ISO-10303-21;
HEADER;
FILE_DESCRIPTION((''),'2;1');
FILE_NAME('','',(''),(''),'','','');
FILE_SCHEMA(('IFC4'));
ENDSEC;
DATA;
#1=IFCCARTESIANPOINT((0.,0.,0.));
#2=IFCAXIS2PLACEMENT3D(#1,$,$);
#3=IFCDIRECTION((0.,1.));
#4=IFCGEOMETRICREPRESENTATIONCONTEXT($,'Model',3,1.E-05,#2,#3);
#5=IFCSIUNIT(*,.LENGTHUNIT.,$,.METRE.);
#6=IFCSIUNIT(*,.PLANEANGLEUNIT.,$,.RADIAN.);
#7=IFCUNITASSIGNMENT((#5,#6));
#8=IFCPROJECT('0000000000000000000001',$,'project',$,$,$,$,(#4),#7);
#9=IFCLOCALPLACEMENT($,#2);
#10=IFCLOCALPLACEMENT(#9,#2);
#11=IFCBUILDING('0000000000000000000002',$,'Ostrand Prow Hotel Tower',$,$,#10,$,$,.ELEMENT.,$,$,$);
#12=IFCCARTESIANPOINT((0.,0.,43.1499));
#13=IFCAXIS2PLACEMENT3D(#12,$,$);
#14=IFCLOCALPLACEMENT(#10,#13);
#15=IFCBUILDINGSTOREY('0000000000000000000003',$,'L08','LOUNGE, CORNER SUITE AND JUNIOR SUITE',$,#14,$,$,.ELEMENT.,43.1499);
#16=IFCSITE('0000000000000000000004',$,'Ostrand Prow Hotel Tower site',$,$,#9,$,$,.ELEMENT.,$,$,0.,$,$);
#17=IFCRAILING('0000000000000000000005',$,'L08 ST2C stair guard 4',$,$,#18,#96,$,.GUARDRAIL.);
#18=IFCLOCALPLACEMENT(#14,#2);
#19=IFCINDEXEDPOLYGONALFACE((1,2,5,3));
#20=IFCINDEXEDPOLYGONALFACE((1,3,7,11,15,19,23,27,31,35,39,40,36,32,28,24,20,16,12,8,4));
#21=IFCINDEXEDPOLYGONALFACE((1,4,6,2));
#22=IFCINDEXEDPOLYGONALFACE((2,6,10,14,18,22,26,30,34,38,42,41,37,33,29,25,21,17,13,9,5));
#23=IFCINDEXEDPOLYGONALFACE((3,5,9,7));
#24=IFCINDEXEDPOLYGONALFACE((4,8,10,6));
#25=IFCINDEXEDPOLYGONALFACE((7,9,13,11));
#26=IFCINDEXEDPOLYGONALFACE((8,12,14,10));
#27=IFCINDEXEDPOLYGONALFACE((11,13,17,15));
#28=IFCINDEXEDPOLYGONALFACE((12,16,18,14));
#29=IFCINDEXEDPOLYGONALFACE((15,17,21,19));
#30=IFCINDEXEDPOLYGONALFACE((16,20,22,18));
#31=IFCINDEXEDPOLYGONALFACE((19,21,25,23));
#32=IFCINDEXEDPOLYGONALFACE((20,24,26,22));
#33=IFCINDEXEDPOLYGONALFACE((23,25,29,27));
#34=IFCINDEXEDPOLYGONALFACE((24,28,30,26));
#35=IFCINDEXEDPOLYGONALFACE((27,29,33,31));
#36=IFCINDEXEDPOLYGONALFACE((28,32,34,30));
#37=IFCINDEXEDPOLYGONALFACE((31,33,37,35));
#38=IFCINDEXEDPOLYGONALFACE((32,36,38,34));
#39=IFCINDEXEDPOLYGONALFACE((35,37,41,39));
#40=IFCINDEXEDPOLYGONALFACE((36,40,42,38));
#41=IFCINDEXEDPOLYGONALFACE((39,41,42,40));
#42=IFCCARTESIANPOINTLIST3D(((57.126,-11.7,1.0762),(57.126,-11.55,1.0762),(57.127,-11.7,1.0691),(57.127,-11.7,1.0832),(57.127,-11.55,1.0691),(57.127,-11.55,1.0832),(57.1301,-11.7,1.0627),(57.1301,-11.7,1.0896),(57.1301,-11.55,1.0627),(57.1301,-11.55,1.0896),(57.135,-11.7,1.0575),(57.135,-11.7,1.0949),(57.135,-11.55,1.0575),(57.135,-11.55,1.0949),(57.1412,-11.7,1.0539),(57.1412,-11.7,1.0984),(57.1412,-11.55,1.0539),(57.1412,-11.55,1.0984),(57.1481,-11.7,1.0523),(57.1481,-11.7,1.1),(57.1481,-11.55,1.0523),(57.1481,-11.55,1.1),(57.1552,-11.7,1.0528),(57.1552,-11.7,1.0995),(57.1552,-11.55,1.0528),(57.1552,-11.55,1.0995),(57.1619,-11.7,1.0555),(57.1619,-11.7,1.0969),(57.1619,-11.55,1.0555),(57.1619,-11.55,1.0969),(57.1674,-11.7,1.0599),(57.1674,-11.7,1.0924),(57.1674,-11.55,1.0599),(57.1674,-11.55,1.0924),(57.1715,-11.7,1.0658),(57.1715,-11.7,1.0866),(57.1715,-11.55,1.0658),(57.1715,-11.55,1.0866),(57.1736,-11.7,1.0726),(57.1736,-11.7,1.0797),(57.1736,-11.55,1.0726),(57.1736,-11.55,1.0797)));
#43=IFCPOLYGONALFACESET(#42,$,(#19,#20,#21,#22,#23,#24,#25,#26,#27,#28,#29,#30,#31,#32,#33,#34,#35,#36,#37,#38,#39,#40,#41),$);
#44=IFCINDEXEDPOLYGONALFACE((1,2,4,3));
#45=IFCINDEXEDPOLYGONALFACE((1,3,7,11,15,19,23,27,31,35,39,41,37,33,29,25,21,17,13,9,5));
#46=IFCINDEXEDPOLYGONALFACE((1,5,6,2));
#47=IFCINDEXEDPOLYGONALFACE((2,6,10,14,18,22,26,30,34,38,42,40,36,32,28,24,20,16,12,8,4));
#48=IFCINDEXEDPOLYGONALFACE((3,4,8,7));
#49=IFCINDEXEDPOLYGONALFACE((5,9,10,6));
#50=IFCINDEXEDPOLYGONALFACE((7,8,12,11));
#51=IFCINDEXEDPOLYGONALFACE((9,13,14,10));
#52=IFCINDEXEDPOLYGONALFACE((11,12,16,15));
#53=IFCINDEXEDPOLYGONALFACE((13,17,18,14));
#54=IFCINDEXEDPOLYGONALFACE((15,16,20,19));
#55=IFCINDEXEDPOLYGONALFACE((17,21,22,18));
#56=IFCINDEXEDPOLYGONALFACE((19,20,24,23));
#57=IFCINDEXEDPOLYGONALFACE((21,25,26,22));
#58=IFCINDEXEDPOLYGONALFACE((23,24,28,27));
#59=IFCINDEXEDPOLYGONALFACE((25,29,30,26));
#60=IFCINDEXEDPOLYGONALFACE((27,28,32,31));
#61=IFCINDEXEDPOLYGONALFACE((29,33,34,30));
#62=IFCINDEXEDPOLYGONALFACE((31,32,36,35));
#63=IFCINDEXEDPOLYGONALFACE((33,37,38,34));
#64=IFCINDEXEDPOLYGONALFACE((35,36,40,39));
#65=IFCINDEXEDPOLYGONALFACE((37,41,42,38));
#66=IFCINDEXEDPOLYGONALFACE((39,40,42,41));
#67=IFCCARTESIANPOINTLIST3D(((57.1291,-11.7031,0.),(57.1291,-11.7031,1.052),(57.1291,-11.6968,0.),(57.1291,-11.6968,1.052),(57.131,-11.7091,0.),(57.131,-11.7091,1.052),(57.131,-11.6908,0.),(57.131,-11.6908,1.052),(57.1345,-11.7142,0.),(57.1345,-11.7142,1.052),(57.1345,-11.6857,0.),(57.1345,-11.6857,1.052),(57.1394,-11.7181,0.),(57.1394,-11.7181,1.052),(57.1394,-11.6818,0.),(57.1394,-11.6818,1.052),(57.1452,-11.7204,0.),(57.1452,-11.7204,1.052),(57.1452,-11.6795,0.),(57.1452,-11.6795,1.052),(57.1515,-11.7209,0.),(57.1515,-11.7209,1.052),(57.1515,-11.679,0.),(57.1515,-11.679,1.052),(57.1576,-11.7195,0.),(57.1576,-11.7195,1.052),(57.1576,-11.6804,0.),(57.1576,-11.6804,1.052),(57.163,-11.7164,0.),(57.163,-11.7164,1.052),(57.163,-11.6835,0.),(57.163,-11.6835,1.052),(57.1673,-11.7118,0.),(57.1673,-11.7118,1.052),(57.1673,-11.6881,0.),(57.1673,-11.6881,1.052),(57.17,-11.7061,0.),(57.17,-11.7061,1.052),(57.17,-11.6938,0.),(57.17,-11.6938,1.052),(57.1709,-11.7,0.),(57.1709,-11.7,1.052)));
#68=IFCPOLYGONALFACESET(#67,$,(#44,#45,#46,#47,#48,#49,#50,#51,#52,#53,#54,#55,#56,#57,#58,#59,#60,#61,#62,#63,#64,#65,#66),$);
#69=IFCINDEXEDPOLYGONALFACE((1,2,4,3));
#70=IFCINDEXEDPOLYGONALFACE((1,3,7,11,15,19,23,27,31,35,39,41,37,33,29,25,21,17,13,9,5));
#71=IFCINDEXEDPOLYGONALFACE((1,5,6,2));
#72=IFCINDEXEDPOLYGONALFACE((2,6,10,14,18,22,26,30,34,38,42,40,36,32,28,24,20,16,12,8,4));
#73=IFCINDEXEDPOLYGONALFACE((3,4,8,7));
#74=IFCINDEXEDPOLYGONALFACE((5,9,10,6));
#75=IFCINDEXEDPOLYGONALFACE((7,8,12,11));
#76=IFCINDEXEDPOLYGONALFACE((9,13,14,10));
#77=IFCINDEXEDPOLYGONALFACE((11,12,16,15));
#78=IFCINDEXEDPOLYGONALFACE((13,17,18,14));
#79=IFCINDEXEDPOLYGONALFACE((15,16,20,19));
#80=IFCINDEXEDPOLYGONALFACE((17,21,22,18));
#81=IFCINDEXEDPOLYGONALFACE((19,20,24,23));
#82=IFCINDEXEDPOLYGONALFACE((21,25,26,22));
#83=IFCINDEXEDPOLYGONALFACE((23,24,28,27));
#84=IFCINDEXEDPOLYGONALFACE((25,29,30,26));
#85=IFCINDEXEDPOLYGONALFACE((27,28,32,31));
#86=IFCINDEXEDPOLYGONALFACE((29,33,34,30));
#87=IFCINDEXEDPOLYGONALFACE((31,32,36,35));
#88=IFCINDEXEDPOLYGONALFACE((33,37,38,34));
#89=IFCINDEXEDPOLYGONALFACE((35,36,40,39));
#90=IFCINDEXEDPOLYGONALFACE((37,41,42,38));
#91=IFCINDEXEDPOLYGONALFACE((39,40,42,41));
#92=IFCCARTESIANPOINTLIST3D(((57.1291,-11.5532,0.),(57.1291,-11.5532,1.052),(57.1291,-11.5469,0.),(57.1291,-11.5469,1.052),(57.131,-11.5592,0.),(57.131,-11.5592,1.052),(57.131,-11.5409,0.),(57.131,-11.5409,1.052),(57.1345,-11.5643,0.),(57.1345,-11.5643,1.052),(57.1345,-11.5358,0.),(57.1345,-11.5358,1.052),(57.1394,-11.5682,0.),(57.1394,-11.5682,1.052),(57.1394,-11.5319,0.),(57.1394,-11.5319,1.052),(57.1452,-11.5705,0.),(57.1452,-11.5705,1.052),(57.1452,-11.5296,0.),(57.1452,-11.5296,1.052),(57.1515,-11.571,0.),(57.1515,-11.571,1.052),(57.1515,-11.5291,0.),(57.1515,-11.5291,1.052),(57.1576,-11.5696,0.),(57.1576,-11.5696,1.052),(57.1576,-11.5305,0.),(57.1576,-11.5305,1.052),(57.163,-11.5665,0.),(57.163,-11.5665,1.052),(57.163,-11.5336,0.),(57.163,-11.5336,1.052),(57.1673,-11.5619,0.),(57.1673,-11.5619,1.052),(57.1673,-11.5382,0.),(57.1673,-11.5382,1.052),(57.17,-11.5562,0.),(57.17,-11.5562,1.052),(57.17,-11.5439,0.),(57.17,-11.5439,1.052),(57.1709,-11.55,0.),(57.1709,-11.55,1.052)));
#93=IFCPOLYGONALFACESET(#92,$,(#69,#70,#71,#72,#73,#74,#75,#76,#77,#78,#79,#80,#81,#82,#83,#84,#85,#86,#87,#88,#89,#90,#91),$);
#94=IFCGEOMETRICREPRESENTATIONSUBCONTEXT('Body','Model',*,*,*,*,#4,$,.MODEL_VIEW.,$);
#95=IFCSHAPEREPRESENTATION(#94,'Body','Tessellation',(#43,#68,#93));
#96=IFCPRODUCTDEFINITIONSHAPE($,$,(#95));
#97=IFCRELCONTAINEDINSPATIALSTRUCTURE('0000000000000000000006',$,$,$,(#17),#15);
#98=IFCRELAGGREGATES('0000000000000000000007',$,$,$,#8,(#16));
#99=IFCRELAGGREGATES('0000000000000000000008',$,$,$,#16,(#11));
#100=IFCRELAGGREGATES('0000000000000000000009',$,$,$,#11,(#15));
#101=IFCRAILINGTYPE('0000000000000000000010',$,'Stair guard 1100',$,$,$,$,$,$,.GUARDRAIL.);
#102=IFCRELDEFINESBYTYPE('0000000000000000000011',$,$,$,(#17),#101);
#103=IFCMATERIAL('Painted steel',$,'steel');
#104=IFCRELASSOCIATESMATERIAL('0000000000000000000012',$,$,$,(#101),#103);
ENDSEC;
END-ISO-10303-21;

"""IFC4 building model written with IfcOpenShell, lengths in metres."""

from ifc_helpers import new_model, si_unit, direction, frame, origin, origin_2d, place, context, subcontext, project, spatial, circle, extrude, material, type_object, element, save


model = new_model("IFC4")

# Units and contexts
model_context = context("Model", 3, precision=1e-05, world=origin(), true_north=direction((0.0, 1.0)))
body_context = subcontext(model_context, "Body", "Model", "MODEL_VIEW")
ifc_project = project(units=[si_unit("LENGTHUNIT", "METRE"), si_unit("PLANEANGLEUNIT", "RADIAN")], contexts=[model_context])

# Site, building, storey
site_placement = place(None, origin())
site = spatial("IfcSite", under=ifc_project, at=site_placement, Name="Ostrand Prow Hotel Tower site", CompositionType="ELEMENT", RefElevation=0.0)
building_placement = place(site_placement, origin())
building = spatial("IfcBuilding", under=site, at=building_placement, Name="Ostrand Prow Hotel Tower", CompositionType="ELEMENT")
storey_placement = place(building_placement, frame((0.0, 0.0, 43.1499)))
storey = spatial("IfcBuildingStorey", under=building, at=storey_placement, Name="L08", Description="LOUNGE, CORNER SUITE AND JUNIOR SUITE", CompositionType="ELEMENT", Elevation=43.1499)

# Railing
ifc_material_1 = material(Name="Painted steel", Category="steel")
railing_type_1 = type_object("IfcRailingType", Name="Stair guard 1100", PredefinedType="GUARDRAIL", material=ifc_material_1)
railing_1_placement = place(storey_placement, frame((57.1499, -11.7, 0.0)))
element("IfcRailing", 1, at=railing_1_placement, inside=storey, type_object=railing_type_1, Name="L08 ST2C stair guard 4", PredefinedType="GUARDRAIL", context=body_context, shape_type="SweptSolid", body=[
    extrude(circle(Radius=0.0239, at=origin_2d()), frame((0.0, 0.0, 1.0762), z_axis=(0.0, 1.0, 0.0), x_axis=(-1.0, 0.0, 0.0)), (0.0, 0.0, 1.0), 0.1499),
    extrude(circle(Radius=0.021, at=origin_2d()), origin(), (0.0, 0.0, 1.0), 1.052),
    extrude(circle(Radius=0.021, at=origin_2d()), frame((0.0, 0.1499, 0.0)), (0.0, 0.0, 1.0), 1.052),
])

save(model, "model.ifc")
